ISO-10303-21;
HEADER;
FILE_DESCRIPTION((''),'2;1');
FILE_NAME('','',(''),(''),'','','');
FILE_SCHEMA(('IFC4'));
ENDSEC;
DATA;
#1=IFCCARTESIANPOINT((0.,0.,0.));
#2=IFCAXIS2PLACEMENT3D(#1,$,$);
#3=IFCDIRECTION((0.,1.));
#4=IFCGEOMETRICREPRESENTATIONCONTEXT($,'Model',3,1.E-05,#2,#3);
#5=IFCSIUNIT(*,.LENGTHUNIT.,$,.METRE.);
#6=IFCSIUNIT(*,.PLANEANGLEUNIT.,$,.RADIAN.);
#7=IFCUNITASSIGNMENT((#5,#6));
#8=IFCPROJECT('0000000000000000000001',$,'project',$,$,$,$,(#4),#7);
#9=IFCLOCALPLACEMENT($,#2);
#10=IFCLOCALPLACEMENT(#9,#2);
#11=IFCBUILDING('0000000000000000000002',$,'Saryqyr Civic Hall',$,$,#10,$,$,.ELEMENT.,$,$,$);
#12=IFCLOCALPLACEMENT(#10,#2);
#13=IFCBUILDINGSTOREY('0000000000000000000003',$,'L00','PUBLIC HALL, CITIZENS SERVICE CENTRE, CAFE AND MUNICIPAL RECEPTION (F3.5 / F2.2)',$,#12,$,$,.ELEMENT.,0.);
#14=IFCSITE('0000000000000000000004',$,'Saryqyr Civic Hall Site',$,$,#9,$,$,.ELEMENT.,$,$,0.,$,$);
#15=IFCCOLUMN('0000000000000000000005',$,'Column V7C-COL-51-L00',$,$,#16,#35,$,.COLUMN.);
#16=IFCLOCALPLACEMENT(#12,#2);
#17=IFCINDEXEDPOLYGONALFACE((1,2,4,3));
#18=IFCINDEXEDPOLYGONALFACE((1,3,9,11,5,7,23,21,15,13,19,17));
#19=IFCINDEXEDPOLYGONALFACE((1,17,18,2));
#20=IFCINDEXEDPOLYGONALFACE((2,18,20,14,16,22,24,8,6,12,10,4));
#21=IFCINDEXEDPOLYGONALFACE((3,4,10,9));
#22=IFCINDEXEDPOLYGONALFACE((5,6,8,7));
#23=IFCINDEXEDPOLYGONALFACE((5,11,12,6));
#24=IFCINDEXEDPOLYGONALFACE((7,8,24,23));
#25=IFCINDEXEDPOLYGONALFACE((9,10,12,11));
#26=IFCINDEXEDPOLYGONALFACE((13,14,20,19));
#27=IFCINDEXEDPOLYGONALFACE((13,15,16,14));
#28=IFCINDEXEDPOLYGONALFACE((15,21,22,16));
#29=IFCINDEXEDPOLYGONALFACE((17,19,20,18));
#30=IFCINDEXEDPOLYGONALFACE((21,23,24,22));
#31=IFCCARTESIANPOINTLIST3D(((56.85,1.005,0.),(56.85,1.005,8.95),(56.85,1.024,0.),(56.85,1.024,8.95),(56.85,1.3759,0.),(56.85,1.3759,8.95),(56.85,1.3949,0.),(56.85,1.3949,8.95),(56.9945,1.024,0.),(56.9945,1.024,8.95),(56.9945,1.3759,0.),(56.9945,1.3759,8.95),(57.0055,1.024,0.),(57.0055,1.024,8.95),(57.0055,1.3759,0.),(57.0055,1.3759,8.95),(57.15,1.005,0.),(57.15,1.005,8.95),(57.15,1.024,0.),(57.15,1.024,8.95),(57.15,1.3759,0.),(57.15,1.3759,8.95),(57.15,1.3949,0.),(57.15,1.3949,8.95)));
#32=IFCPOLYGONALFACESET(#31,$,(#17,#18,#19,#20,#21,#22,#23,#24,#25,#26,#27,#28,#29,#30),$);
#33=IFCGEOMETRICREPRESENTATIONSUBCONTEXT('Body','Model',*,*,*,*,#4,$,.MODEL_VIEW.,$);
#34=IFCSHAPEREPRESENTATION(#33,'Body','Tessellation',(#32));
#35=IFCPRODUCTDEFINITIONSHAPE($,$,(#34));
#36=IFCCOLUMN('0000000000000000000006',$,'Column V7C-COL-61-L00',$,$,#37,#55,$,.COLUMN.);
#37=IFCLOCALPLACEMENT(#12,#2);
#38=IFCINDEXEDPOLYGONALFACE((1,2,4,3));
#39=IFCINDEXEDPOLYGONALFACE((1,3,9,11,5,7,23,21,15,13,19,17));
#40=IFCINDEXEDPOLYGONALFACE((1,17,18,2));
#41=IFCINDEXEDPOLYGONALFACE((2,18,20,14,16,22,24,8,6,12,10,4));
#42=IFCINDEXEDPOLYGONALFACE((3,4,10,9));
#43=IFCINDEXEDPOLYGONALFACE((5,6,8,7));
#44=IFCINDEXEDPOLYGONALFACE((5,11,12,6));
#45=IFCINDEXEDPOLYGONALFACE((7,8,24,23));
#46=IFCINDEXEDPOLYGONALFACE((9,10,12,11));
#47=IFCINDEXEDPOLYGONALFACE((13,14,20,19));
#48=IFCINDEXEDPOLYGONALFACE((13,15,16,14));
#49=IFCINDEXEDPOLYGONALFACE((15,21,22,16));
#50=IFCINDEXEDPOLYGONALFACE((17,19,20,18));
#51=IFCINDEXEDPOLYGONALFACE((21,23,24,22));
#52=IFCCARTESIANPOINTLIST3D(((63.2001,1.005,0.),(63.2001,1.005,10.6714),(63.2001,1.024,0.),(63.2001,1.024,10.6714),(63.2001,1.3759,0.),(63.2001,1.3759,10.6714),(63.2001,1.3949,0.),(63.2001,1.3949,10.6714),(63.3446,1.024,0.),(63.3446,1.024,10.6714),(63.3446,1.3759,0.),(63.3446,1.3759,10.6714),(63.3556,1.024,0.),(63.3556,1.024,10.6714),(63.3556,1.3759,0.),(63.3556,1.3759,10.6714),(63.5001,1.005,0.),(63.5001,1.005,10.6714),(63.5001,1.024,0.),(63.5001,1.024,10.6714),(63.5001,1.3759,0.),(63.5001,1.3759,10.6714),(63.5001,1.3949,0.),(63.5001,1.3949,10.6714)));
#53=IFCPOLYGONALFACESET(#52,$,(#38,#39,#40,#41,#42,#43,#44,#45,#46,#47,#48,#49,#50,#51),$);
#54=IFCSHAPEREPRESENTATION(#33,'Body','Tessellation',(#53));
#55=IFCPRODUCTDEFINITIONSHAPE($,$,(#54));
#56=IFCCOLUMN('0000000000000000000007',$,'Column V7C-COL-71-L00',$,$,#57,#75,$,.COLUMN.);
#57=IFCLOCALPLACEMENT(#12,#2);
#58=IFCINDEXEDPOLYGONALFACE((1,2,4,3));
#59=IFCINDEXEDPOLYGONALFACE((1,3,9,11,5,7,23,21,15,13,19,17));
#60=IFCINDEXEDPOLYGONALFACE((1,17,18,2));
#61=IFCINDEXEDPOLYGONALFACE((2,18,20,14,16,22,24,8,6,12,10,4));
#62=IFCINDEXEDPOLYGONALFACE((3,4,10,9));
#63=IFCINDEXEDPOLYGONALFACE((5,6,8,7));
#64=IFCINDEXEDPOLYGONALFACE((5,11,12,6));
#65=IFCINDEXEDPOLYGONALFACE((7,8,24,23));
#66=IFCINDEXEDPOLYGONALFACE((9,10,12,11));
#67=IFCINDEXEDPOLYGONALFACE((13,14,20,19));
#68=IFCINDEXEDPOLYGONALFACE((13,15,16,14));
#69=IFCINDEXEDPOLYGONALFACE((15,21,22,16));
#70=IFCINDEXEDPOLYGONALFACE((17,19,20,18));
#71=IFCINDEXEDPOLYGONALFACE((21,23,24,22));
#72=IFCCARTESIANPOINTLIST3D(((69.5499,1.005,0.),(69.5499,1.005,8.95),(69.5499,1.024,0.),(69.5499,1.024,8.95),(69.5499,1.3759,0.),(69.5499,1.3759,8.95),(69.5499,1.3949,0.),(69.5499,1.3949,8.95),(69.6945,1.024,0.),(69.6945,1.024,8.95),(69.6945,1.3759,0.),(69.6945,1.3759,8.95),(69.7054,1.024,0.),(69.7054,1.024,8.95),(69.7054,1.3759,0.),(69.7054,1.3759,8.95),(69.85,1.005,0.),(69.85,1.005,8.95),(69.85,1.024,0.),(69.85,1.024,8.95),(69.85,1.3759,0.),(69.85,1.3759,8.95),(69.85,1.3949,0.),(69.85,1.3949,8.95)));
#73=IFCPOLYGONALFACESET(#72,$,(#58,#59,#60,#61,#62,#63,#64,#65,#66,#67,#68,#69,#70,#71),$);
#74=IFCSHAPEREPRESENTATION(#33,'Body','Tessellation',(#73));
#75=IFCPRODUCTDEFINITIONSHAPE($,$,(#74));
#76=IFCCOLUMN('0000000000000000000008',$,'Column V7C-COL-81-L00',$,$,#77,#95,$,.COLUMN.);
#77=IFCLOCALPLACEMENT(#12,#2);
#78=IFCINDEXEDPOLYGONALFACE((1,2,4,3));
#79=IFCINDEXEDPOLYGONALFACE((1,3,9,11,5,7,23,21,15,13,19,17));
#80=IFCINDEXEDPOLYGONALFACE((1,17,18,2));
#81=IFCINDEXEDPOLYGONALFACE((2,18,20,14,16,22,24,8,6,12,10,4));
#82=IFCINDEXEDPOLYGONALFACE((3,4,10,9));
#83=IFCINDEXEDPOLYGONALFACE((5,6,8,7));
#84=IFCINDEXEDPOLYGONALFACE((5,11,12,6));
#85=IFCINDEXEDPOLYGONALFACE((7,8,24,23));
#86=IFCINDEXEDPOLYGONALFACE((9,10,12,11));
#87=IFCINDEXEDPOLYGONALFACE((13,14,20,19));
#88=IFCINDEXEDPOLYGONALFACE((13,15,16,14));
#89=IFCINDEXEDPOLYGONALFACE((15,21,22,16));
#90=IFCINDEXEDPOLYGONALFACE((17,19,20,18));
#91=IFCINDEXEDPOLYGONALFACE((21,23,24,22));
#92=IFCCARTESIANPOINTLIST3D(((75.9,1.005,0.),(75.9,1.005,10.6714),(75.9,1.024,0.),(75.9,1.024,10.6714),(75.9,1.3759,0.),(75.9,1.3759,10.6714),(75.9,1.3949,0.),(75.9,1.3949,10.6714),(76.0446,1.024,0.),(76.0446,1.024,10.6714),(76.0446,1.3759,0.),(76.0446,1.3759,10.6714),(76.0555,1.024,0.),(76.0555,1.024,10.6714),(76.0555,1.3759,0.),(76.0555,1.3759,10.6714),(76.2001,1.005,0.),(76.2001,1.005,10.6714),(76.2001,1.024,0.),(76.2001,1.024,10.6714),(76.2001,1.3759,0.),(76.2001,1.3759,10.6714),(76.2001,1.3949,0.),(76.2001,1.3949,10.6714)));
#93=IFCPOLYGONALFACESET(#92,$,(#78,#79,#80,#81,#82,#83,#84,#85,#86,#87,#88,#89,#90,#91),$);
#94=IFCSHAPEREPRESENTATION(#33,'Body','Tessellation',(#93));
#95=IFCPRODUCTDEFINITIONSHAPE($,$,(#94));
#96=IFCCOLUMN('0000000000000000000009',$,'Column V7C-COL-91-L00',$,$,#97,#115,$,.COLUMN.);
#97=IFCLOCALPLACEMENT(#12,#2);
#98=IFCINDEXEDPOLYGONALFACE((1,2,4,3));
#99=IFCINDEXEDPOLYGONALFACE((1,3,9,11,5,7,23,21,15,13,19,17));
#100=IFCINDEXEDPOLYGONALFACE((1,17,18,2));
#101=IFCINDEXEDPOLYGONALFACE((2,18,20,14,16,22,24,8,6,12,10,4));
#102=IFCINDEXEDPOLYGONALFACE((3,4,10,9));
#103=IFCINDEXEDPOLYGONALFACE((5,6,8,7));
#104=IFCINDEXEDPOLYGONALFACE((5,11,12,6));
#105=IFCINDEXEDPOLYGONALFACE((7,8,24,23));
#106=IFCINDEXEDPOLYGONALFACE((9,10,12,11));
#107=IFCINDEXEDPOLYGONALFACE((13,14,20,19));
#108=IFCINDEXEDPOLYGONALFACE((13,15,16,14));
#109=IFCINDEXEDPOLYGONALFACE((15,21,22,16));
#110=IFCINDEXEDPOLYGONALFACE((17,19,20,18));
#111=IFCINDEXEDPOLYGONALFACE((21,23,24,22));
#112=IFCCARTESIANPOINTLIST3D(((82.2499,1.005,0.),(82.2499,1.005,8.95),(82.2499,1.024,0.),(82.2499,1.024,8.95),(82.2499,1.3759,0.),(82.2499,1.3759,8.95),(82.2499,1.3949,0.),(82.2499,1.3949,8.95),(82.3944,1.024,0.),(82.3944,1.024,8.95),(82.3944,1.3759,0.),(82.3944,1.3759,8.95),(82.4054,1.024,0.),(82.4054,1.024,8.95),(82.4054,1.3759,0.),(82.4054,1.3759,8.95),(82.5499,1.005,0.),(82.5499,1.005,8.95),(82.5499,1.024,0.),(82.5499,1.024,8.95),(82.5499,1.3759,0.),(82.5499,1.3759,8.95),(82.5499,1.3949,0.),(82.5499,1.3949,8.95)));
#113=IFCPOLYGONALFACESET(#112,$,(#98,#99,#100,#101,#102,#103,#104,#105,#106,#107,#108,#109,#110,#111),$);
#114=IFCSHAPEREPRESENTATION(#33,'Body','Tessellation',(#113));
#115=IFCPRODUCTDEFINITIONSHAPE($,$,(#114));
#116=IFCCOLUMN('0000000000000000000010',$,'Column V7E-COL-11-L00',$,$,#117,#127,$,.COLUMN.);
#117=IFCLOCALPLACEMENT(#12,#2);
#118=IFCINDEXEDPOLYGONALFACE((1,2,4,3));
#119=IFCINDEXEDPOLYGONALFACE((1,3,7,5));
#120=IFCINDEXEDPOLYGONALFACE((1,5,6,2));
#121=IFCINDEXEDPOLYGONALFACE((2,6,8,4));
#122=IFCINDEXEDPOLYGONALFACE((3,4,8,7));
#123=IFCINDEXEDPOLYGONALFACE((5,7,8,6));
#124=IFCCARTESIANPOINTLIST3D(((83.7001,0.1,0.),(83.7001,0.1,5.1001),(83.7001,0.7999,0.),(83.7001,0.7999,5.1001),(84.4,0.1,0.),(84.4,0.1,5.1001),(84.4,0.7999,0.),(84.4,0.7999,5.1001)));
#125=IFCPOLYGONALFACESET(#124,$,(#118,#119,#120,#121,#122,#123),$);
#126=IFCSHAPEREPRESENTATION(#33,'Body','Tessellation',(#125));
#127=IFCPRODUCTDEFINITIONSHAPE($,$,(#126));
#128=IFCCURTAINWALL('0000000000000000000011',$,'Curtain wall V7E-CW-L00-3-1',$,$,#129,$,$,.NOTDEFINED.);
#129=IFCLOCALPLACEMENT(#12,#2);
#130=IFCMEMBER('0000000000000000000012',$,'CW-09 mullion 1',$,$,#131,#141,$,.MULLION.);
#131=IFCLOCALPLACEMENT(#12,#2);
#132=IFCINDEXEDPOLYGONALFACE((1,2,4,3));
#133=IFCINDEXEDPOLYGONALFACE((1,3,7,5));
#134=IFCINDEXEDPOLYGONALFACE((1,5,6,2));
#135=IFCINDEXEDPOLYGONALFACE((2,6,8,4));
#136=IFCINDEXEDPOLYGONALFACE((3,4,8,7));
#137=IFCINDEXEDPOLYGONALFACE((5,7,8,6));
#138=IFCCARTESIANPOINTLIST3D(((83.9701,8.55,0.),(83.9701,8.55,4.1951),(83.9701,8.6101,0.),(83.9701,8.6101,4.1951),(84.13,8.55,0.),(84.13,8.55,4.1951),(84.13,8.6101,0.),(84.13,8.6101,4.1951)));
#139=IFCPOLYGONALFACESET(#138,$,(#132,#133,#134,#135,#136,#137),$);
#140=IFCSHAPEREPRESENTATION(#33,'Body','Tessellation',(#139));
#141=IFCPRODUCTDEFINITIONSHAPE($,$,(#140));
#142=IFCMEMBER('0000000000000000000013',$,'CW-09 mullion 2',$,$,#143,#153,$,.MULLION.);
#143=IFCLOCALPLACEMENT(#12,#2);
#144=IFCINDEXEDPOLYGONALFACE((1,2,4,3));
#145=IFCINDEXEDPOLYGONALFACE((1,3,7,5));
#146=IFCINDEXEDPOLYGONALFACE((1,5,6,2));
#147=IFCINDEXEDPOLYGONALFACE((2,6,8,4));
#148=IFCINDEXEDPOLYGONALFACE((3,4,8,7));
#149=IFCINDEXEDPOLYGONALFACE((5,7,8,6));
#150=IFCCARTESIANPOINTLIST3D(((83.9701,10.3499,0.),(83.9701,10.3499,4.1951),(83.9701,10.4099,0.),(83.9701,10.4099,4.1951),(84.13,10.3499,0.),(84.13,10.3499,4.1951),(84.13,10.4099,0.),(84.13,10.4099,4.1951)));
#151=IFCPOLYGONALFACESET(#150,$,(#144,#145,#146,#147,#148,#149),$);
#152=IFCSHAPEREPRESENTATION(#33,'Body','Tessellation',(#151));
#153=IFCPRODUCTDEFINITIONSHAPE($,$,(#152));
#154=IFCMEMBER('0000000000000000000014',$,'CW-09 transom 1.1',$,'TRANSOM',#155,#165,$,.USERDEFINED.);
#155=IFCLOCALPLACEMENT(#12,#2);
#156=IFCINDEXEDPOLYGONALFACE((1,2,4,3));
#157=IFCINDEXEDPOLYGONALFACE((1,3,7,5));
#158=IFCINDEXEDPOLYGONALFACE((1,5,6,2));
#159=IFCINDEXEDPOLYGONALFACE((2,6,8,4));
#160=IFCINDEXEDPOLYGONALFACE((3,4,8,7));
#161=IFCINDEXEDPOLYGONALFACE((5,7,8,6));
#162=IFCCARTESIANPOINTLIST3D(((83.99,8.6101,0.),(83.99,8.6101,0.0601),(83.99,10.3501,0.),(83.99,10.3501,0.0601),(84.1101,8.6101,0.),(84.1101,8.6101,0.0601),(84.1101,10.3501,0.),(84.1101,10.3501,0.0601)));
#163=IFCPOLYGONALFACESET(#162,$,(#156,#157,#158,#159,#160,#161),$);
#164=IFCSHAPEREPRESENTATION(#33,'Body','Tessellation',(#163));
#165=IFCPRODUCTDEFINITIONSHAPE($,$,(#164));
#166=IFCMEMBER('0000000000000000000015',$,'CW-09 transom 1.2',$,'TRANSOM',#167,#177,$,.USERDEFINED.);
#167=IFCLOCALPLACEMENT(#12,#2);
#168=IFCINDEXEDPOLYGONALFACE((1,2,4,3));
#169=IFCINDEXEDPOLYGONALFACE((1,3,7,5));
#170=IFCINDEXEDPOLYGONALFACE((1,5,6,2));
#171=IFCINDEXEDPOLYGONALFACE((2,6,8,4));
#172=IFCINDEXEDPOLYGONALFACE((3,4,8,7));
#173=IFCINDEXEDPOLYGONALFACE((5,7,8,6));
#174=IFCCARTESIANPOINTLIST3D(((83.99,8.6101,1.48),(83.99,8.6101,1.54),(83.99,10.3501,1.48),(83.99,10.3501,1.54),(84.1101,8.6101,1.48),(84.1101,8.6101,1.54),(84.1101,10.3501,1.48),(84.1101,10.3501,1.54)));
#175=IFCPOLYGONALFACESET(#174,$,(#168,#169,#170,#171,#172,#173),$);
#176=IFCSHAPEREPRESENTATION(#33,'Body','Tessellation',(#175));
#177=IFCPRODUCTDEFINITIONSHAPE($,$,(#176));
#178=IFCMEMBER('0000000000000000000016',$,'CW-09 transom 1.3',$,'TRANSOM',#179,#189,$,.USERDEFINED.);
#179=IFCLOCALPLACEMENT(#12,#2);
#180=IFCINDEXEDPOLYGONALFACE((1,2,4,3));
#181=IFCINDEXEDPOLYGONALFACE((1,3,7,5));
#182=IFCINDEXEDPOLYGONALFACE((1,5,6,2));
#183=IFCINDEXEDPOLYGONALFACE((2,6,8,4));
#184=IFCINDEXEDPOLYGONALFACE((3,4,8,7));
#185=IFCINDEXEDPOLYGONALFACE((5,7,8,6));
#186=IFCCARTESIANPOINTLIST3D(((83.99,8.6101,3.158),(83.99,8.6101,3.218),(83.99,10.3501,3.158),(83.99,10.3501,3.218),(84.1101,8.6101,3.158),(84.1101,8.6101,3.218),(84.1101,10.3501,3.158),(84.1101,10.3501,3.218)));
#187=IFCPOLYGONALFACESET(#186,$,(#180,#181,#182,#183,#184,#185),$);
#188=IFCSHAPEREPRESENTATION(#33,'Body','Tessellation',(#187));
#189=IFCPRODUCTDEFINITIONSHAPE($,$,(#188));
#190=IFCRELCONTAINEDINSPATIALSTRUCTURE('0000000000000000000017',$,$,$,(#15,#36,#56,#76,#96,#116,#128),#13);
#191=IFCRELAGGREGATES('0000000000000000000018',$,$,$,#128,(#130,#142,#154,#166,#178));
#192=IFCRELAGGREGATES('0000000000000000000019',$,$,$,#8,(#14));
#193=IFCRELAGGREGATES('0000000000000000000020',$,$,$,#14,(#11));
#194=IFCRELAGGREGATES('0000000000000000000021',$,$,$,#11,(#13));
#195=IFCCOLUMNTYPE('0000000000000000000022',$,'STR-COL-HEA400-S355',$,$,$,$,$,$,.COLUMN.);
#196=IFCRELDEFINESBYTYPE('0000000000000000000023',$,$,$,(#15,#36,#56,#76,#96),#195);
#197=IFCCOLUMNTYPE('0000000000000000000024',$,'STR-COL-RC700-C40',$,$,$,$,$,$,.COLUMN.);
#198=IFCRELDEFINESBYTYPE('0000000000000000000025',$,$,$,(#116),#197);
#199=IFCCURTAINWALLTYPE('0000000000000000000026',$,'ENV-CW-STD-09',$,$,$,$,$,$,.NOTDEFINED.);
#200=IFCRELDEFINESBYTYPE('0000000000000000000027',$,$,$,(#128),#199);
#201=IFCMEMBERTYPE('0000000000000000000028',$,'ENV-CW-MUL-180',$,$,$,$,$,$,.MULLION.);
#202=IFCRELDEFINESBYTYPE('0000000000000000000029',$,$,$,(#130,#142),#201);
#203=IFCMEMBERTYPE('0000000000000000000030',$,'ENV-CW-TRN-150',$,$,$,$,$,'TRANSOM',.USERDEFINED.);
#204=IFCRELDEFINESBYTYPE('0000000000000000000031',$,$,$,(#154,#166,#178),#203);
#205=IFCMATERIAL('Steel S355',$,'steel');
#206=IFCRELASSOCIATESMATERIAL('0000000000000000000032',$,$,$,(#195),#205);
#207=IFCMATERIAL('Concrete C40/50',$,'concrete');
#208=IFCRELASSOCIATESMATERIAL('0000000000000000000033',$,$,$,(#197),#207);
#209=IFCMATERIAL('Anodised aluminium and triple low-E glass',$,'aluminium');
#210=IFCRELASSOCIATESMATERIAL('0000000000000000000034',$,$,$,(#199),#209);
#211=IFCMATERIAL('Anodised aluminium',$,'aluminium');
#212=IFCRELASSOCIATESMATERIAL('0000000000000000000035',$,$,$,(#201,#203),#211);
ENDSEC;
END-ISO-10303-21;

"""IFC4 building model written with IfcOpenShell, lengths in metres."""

from ifc_helpers import new_model, si_unit, direction, frame, origin, origin_2d, place, context, subcontext, project, spatial, rectangle, i_section, extrude, material, material_profile, profile_set, type_object, element, aggregate, save


model = new_model("IFC4")

# Units and contexts
model_context = context("Model", 3, precision=1e-05, world=origin(), true_north=direction((0.0, 1.0)))
body_context = subcontext(model_context, "Body", "Model", "MODEL_VIEW")
ifc_project = project(units=[si_unit("LENGTHUNIT", "METRE"), si_unit("PLANEANGLEUNIT", "RADIAN")], contexts=[model_context])

# Site, building, storey
site_placement = place(None, origin())
site = spatial("IfcSite", under=ifc_project, at=site_placement, Name="Saryqyr Civic Hall Site", CompositionType="ELEMENT", RefElevation=0.0)
building_placement = place(site_placement, origin())
building = spatial("IfcBuilding", under=site, at=building_placement, Name="Saryqyr Civic Hall", CompositionType="ELEMENT")
storey_placement = place(building_placement, origin())
storey = spatial("IfcBuildingStorey", under=building, at=storey_placement, Name="L00", Description="PUBLIC HALL, CITIZENS SERVICE CENTRE, CAFE AND MUNICIPAL RECEPTION (F3.5 / F2.2)", CompositionType="ELEMENT", Elevation=0.0)

# Columns
ifc_material_1 = material(Name="Steel S355", Category="steel")
ifc_material_profile_1 = material_profile(ifc_material_1, i_section(OverallWidth=0.3, OverallDepth=0.3899, WebThickness=0.011, FlangeThickness=0.019, at=origin_2d()), Name="HEA 400")
ifc_profile_set_1 = profile_set([ifc_material_profile_1], Name="Steel S355")
column_type_1 = type_object("IfcColumnType", Name="STR-COL-HEA400-S355", PredefinedType="COLUMN", material=ifc_profile_set_1)
column_1_placement = place(storey_placement, frame((57.0, 1.2, 0.0), z_axis=(0.0, 0.0, 1.0), x_axis=(1.0, 0.0, 0.0)))
element("IfcColumn", 1, at=column_1_placement, inside=storey, type_object=column_type_1, Name="Column V7C-COL-51-L00", PredefinedType="COLUMN", context=body_context, shape_type="SweptSolid", body=[
    extrude(i_section(OverallWidth=0.3, OverallDepth=0.3899, WebThickness=0.011, FlangeThickness=0.019, at=origin_2d()), origin(), (0.0, 0.0, 1.0), 8.95),
])
column_2_placement = place(storey_placement, frame((63.3501, 1.2, 0.0), z_axis=(0.0, 0.0, 1.0), x_axis=(1.0, 0.0, 0.0)))
element("IfcColumn", 2, at=column_2_placement, inside=storey, type_object=column_type_1, Name="Column V7C-COL-61-L00", PredefinedType="COLUMN", context=body_context, shape_type="SweptSolid", body=[
    extrude(i_section(OverallWidth=0.3, OverallDepth=0.3899, WebThickness=0.011, FlangeThickness=0.019, at=origin_2d()), origin(), (0.0, 0.0, 1.0), 10.6714),
])
column_3_placement = place(storey_placement, frame((69.7, 1.2, 0.0), z_axis=(0.0, 0.0, 1.0), x_axis=(1.0, 0.0, 0.0)))
element("IfcColumn", 3, at=column_3_placement, inside=storey, type_object=column_type_1, Name="Column V7C-COL-71-L00", PredefinedType="COLUMN", context=body_context, shape_type="SweptSolid", body=[
    extrude(i_section(OverallWidth=0.3, OverallDepth=0.3899, WebThickness=0.011, FlangeThickness=0.019, at=origin_2d()), origin(), (0.0, 0.0, 1.0), 8.95),
])
column_4_placement = place(storey_placement, frame((76.05, 1.2, 0.0), z_axis=(0.0, 0.0, 1.0), x_axis=(1.0, 0.0, 0.0)))
element("IfcColumn", 4, at=column_4_placement, inside=storey, type_object=column_type_1, Name="Column V7C-COL-81-L00", PredefinedType="COLUMN", context=body_context, shape_type="SweptSolid", body=[
    extrude(i_section(OverallWidth=0.3, OverallDepth=0.3899, WebThickness=0.011, FlangeThickness=0.019, at=origin_2d()), origin(), (0.0, 0.0, 1.0), 10.6714),
])
column_5_placement = place(storey_placement, frame((82.3999, 1.2, 0.0), z_axis=(0.0, 0.0, 1.0), x_axis=(1.0, 0.0, 0.0)))
element("IfcColumn", 5, at=column_5_placement, inside=storey, type_object=column_type_1, Name="Column V7C-COL-91-L00", PredefinedType="COLUMN", context=body_context, shape_type="SweptSolid", body=[
    extrude(i_section(OverallWidth=0.3, OverallDepth=0.3899, WebThickness=0.011, FlangeThickness=0.019, at=origin_2d()), origin(), (0.0, 0.0, 1.0), 8.95),
])
ifc_material_2 = material(Name="Concrete C40/50", Category="concrete")
ifc_material_profile_2 = material_profile(ifc_material_2, rectangle(XDim=0.7, YDim=0.7, at=origin_2d()), Name="RC 700x700")
ifc_profile_set_2 = profile_set([ifc_material_profile_2], Name="Concrete C40/50")
column_type_2 = type_object("IfcColumnType", Name="STR-COL-RC700-C40", PredefinedType="COLUMN", material=ifc_profile_set_2)
column_6_placement = place(storey_placement, frame((84.05, 0.45, 0.0), z_axis=(0.0, 0.0, 1.0), x_axis=(1.0, 0.0, 0.0)))
element("IfcColumn", 6, at=column_6_placement, inside=storey, type_object=column_type_2, Name="Column V7E-COL-11-L00", PredefinedType="COLUMN", context=body_context, shape_type="SweptSolid", body=[
    extrude(rectangle(XDim=0.7, YDim=0.7, at=origin_2d()), origin(), (0.0, 0.0, 1.0), 5.1001),
])

# Curtain wall, members
ifc_material_3 = material(Name="Anodised aluminium and triple low-E glass", Category="aluminium")
curtain_wall_type = type_object("IfcCurtainWallType", Name="ENV-CW-STD-09", PredefinedType="NOTDEFINED", material=ifc_material_3)
curtain_wall_placement = place(storey_placement, origin())
curtain_wall = element("IfcCurtainWall", 7, at=curtain_wall_placement, inside=storey, type_object=curtain_wall_type, Name="Curtain wall V7E-CW-L00-3-1", PredefinedType="NOTDEFINED")
ifc_material_4 = material(Name="Anodised aluminium", Category="aluminium")
ifc_material_profile_3 = material_profile(ifc_material_4, rectangle(XDim=0.0601, YDim=0.1599, at=origin_2d()), Name="ALU MULLION 60x160")
ifc_profile_set_3 = profile_set([ifc_material_profile_3], Name="Anodised aluminium")
member_type_1 = type_object("IfcMemberType", Name="ENV-CW-MUL-180", PredefinedType="MULLION", material=ifc_profile_set_3)
member_1_placement = place(storey_placement, frame((84.05, 8.5801, 0.0), z_axis=(0.0, 0.0, 1.0), x_axis=(0.0, 1.0, 0.0)))
member_1 = element("IfcMember", 8, at=member_1_placement, type_object=member_type_1, Name="CW-09 mullion 1", PredefinedType="MULLION", context=body_context, shape_type="SweptSolid", body=[
    extrude(rectangle(XDim=0.0601, YDim=0.1599, at=origin_2d()), origin(), (0.0, 0.0, 1.0), 4.1951),
])
member_2_placement = place(storey_placement, frame((84.05, 10.3799, 0.0), z_axis=(0.0, 0.0, 1.0), x_axis=(0.0, 1.0, 0.0)))
member_2 = element("IfcMember", 9, at=member_2_placement, type_object=member_type_1, Name="CW-09 mullion 2", PredefinedType="MULLION", context=body_context, shape_type="SweptSolid", body=[
    extrude(rectangle(XDim=0.0601, YDim=0.1599, at=origin_2d()), origin(), (0.0, 0.0, 1.0), 4.1951),
])
ifc_material_profile_4 = material_profile(ifc_material_4, rectangle(XDim=0.1201, YDim=0.0601, at=origin_2d()), Name="ALU TRANSOM 120x60")
ifc_profile_set_4 = profile_set([ifc_material_profile_4], Name="Anodised aluminium")
member_type_2 = type_object("IfcMemberType", Name="ENV-CW-TRN-150", ElementType="TRANSOM", PredefinedType="USERDEFINED", material=ifc_profile_set_4)
member_3_placement = place(storey_placement, frame((84.05, 8.6101, 0.03), z_axis=(0.0, 1.0, 0.0), x_axis=(-1.0, 0.0, 0.0)))
member_3 = element("IfcMember", 10, at=member_3_placement, type_object=member_type_2, Name="CW-09 transom 1.1", ObjectType="TRANSOM", PredefinedType="USERDEFINED", context=body_context, shape_type="SweptSolid", body=[
    extrude(rectangle(XDim=0.1201, YDim=0.0601, at=origin_2d()), origin(), (0.0, 0.0, 1.0), 1.74),
])
member_4_placement = place(storey_placement, frame((84.05, 8.6101, 1.51), z_axis=(0.0, 1.0, 0.0), x_axis=(-1.0, 0.0, 0.0)))
member_4 = element("IfcMember", 11, at=member_4_placement, type_object=member_type_2, Name="CW-09 transom 1.2", ObjectType="TRANSOM", PredefinedType="USERDEFINED", context=body_context, shape_type="SweptSolid", body=[
    extrude(rectangle(XDim=0.1201, YDim=0.0601, at=origin_2d()), origin(), (0.0, 0.0, 1.0), 1.74),
])
member_5_placement = place(storey_placement, frame((84.05, 8.6101, 3.188), z_axis=(0.0, 1.0, 0.0), x_axis=(-1.0, 0.0, 0.0)))
member_5 = element("IfcMember", 12, at=member_5_placement, type_object=member_type_2, Name="CW-09 transom 1.3", ObjectType="TRANSOM", PredefinedType="USERDEFINED", context=body_context, shape_type="SweptSolid", body=[
    extrude(rectangle(XDim=0.1201, YDim=0.0601, at=origin_2d()), origin(), (0.0, 0.0, 1.0), 1.74),
])

aggregate(curtain_wall, [member_1, member_2, member_3, member_4, member_5])

save(model, "model.ifc")
